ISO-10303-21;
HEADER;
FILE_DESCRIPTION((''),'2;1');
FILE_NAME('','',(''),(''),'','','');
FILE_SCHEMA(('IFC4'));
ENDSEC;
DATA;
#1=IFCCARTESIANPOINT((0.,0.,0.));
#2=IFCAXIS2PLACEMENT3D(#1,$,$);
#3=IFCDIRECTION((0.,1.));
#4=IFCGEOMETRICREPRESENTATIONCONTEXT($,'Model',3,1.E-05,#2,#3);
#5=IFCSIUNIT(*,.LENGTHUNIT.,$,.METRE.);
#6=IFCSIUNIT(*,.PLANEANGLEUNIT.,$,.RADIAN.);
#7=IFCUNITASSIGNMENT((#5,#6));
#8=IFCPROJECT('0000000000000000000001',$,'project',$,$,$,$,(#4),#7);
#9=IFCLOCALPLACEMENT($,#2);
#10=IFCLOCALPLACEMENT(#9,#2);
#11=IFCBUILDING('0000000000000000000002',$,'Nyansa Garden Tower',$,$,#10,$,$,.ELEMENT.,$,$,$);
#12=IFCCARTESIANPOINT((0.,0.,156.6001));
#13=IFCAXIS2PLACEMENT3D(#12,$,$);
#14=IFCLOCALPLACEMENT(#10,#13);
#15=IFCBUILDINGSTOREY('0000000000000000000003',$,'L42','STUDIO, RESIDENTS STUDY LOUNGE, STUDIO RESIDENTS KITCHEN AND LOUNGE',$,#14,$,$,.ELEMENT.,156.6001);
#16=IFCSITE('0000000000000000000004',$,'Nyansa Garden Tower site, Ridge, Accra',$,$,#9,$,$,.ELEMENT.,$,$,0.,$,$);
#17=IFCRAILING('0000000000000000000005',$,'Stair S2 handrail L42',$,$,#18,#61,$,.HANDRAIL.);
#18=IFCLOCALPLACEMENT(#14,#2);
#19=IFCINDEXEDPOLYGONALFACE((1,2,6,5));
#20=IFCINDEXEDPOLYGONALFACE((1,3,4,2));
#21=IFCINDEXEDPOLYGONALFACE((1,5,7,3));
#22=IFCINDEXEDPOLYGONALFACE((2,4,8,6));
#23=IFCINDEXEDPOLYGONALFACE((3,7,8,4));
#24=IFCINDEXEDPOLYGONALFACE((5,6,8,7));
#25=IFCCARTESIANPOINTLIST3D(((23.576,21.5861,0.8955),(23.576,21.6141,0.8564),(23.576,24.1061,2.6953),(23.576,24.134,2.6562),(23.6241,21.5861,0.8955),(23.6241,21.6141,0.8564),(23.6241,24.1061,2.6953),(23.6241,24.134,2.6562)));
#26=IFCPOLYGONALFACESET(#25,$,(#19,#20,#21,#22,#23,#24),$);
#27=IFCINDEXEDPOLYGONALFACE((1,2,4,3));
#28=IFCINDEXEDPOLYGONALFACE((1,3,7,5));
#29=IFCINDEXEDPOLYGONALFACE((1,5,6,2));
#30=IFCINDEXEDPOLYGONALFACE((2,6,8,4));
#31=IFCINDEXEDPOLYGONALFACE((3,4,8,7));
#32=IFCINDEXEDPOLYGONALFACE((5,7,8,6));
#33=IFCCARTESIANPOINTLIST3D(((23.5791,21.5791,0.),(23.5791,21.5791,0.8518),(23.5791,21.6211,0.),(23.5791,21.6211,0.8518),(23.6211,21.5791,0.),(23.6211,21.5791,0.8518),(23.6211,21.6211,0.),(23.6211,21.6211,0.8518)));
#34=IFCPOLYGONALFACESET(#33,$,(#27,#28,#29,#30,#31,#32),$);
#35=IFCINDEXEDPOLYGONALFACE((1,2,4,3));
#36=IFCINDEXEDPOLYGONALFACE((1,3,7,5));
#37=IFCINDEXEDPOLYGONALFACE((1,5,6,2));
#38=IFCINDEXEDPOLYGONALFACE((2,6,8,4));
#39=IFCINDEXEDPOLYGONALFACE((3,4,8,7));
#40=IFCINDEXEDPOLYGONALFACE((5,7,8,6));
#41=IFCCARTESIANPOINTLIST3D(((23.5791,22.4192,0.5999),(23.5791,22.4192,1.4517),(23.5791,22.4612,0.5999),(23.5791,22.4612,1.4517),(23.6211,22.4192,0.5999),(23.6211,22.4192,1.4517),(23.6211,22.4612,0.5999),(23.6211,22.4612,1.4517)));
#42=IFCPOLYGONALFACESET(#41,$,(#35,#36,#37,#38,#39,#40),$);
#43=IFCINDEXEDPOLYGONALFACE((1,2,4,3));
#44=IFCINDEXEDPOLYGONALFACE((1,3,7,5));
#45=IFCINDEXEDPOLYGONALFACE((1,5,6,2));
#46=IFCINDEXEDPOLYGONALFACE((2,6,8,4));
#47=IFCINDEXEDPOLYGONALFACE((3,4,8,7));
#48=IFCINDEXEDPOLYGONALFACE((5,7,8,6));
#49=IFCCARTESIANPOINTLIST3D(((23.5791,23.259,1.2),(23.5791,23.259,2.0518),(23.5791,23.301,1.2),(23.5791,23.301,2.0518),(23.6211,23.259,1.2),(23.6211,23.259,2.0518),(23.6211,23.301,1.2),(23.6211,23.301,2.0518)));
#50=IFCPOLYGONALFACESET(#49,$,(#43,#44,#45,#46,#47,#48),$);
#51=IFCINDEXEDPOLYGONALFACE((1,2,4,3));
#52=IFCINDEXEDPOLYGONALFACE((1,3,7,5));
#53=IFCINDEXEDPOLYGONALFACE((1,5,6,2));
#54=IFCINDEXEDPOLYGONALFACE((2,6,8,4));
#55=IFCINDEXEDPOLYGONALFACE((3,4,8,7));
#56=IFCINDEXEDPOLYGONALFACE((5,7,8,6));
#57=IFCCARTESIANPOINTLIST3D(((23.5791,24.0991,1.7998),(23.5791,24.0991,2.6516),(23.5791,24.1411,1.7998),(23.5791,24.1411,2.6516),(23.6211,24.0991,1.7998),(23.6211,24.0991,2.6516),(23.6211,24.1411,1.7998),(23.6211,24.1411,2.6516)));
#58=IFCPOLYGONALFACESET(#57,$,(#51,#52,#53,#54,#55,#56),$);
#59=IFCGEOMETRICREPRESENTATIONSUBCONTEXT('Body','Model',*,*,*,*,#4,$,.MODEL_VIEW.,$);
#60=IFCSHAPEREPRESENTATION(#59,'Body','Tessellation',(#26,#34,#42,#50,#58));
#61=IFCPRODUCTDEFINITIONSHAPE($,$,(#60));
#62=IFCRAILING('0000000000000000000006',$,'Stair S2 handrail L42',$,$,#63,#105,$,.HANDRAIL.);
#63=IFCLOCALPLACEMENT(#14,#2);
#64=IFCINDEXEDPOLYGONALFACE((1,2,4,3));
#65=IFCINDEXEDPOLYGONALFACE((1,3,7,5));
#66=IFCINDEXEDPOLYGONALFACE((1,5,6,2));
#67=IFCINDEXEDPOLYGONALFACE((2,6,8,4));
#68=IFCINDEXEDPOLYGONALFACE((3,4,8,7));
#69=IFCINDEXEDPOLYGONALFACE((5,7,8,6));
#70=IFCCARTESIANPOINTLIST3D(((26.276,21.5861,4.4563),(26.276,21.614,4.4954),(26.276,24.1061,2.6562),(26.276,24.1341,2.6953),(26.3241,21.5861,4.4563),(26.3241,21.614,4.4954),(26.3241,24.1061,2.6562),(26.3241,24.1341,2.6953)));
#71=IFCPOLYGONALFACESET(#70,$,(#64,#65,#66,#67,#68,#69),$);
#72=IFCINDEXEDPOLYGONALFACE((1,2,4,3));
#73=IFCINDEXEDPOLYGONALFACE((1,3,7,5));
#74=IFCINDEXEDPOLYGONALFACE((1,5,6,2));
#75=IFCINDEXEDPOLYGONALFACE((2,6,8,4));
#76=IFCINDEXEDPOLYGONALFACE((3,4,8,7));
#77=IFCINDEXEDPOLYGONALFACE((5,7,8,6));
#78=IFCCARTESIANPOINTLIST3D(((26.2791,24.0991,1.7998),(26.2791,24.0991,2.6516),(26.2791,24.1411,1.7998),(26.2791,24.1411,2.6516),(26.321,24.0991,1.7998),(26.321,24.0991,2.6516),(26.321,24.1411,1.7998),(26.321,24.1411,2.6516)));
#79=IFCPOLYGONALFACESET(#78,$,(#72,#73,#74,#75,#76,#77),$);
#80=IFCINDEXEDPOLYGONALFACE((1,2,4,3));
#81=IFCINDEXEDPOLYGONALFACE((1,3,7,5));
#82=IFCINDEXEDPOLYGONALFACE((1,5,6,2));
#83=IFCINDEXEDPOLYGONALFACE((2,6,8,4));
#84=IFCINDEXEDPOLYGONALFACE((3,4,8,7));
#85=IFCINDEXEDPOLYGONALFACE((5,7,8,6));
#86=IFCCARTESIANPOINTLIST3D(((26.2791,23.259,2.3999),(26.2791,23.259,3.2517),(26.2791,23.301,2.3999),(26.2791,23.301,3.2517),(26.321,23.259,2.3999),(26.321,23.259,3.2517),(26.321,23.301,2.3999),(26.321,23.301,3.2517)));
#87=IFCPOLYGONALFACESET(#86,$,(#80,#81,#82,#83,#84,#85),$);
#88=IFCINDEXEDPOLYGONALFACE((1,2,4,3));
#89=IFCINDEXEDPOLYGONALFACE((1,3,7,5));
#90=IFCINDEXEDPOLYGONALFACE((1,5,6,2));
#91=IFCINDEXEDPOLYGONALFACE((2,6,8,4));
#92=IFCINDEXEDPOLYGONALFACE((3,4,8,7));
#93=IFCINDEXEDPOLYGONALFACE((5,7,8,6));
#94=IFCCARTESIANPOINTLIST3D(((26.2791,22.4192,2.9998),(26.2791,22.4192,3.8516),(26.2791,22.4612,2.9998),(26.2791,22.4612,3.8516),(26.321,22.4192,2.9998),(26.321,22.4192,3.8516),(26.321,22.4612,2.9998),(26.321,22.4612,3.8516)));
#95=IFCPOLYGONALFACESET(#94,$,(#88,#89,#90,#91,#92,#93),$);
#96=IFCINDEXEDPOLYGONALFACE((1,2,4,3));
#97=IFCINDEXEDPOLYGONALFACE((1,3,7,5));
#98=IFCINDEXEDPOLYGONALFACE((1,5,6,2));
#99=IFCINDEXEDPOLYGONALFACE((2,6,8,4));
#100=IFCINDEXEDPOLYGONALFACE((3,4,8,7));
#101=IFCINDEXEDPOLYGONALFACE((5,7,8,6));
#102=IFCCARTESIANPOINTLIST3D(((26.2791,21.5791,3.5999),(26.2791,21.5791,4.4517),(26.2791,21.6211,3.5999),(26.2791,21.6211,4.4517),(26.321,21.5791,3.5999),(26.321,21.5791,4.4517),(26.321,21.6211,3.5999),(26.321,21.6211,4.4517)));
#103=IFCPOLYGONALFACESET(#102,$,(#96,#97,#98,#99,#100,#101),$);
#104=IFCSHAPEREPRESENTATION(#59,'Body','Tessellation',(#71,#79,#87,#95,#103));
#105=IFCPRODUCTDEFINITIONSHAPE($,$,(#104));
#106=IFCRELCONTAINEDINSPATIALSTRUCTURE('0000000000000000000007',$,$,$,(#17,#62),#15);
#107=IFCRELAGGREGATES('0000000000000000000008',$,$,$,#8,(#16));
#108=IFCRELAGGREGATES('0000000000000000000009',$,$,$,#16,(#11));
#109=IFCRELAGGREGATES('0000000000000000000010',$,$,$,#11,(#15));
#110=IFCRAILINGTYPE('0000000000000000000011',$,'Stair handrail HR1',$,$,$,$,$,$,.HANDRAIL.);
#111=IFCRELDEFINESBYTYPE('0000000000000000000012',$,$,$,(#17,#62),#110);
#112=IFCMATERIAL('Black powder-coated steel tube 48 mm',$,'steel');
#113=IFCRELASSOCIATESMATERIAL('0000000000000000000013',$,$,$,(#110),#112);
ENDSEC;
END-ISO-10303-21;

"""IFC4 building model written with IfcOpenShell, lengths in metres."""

from ifc_helpers import new_model, si_unit, direction, frame, origin, origin_2d, place, context, subcontext, project, spatial, rectangle, extrude, material, type_object, element, save


model = new_model("IFC4")

# Units and contexts
model_context = context("Model", 3, precision=1e-05, world=origin(), true_north=direction((0.0, 1.0)))
body_context = subcontext(model_context, "Body", "Model", "MODEL_VIEW")
ifc_project = project(units=[si_unit("LENGTHUNIT", "METRE"), si_unit("PLANEANGLEUNIT", "RADIAN")], contexts=[model_context])

# Site, building, storey
site_placement = place(None, origin())
site = spatial("IfcSite", under=ifc_project, at=site_placement, Name="Nyansa Garden Tower site, Ridge, Accra", CompositionType="ELEMENT", RefElevation=0.0)
building_placement = place(site_placement, origin())
building = spatial("IfcBuilding", under=site, at=building_placement, Name="Nyansa Garden Tower", CompositionType="ELEMENT")
storey_placement = place(building_placement, frame((0.0, 0.0, 156.6001)))
storey = spatial("IfcBuildingStorey", under=building, at=storey_placement, Name="L42", Description="STUDIO, RESIDENTS STUDY LOUNGE, STUDIO RESIDENTS KITCHEN AND LOUNGE", CompositionType="ELEMENT", Elevation=156.6001)

# Railings
ifc_material_1 = material(Name="Black powder-coated steel tube 48 mm", Category="steel")
railing_type = type_object("IfcRailingType", Name="Stair handrail HR1", PredefinedType="HANDRAIL", material=ifc_material_1)
railing_1_placement = place(storey_placement, frame((23.6001, 21.6001, 0.0)))
element("IfcRailing", 1, at=railing_1_placement, inside=storey, type_object=railing_type, Name="Stair S2 handrail L42", PredefinedType="HANDRAIL", context=body_context, shape_type="SweptSolid", body=[
    extrude(rectangle(XDim=0.0481, YDim=0.0481, at=origin_2d()), frame((0.0, 0.0, 0.876), z_axis=(0.0, 0.813765, 0.581193), x_axis=(-1.0, 0.0, 0.0)), (0.0, 0.0, 1.0), 3.0967),
    extrude(rectangle(XDim=0.042, YDim=0.042, at=origin_2d()), origin(), (0.0, 0.0, 1.0), 0.8518),
    extrude(rectangle(XDim=0.042, YDim=0.042, at=origin_2d()), frame((0.0, 0.8401, 0.5999)), (0.0, 0.0, 1.0), 0.8518),
    extrude(rectangle(XDim=0.042, YDim=0.042, at=origin_2d()), frame((0.0, 1.6799, 1.2)), (0.0, 0.0, 1.0), 0.8518),
    extrude(rectangle(XDim=0.042, YDim=0.042, at=origin_2d()), frame((0.0, 2.52, 1.7998)), (0.0, 0.0, 1.0), 0.8518),
])
railing_2_placement = place(storey_placement, frame((26.3, 24.1201, 1.7998)))
element("IfcRailing", 2, at=railing_2_placement, inside=storey, type_object=railing_type, Name="Stair S2 handrail L42", PredefinedType="HANDRAIL", context=body_context, shape_type="SweptSolid", body=[
    extrude(rectangle(XDim=0.0481, YDim=0.0481, at=origin_2d()), frame((0.0, 0.0, 0.876), z_axis=(0.0, -0.813728, 0.581246), x_axis=(1.0, 0.0, 0.0)), (0.0, 0.0, 1.0), 3.0969),
    extrude(rectangle(XDim=0.042, YDim=0.042, at=origin_2d()), origin(), (0.0, 0.0, 1.0), 0.8518),
    extrude(rectangle(XDim=0.042, YDim=0.042, at=origin_2d()), frame((0.0, -0.8401, 0.6001)), (0.0, 0.0, 1.0), 0.8518),
    extrude(rectangle(XDim=0.042, YDim=0.042, at=origin_2d()), frame((0.0, -1.6799, 1.2)), (0.0, 0.0, 1.0), 0.8518),
    extrude(rectangle(XDim=0.042, YDim=0.042, at=origin_2d()), frame((0.0, -2.52, 1.8)), (0.0, 0.0, 1.0), 0.8518),
])

save(model, "model.ifc")
